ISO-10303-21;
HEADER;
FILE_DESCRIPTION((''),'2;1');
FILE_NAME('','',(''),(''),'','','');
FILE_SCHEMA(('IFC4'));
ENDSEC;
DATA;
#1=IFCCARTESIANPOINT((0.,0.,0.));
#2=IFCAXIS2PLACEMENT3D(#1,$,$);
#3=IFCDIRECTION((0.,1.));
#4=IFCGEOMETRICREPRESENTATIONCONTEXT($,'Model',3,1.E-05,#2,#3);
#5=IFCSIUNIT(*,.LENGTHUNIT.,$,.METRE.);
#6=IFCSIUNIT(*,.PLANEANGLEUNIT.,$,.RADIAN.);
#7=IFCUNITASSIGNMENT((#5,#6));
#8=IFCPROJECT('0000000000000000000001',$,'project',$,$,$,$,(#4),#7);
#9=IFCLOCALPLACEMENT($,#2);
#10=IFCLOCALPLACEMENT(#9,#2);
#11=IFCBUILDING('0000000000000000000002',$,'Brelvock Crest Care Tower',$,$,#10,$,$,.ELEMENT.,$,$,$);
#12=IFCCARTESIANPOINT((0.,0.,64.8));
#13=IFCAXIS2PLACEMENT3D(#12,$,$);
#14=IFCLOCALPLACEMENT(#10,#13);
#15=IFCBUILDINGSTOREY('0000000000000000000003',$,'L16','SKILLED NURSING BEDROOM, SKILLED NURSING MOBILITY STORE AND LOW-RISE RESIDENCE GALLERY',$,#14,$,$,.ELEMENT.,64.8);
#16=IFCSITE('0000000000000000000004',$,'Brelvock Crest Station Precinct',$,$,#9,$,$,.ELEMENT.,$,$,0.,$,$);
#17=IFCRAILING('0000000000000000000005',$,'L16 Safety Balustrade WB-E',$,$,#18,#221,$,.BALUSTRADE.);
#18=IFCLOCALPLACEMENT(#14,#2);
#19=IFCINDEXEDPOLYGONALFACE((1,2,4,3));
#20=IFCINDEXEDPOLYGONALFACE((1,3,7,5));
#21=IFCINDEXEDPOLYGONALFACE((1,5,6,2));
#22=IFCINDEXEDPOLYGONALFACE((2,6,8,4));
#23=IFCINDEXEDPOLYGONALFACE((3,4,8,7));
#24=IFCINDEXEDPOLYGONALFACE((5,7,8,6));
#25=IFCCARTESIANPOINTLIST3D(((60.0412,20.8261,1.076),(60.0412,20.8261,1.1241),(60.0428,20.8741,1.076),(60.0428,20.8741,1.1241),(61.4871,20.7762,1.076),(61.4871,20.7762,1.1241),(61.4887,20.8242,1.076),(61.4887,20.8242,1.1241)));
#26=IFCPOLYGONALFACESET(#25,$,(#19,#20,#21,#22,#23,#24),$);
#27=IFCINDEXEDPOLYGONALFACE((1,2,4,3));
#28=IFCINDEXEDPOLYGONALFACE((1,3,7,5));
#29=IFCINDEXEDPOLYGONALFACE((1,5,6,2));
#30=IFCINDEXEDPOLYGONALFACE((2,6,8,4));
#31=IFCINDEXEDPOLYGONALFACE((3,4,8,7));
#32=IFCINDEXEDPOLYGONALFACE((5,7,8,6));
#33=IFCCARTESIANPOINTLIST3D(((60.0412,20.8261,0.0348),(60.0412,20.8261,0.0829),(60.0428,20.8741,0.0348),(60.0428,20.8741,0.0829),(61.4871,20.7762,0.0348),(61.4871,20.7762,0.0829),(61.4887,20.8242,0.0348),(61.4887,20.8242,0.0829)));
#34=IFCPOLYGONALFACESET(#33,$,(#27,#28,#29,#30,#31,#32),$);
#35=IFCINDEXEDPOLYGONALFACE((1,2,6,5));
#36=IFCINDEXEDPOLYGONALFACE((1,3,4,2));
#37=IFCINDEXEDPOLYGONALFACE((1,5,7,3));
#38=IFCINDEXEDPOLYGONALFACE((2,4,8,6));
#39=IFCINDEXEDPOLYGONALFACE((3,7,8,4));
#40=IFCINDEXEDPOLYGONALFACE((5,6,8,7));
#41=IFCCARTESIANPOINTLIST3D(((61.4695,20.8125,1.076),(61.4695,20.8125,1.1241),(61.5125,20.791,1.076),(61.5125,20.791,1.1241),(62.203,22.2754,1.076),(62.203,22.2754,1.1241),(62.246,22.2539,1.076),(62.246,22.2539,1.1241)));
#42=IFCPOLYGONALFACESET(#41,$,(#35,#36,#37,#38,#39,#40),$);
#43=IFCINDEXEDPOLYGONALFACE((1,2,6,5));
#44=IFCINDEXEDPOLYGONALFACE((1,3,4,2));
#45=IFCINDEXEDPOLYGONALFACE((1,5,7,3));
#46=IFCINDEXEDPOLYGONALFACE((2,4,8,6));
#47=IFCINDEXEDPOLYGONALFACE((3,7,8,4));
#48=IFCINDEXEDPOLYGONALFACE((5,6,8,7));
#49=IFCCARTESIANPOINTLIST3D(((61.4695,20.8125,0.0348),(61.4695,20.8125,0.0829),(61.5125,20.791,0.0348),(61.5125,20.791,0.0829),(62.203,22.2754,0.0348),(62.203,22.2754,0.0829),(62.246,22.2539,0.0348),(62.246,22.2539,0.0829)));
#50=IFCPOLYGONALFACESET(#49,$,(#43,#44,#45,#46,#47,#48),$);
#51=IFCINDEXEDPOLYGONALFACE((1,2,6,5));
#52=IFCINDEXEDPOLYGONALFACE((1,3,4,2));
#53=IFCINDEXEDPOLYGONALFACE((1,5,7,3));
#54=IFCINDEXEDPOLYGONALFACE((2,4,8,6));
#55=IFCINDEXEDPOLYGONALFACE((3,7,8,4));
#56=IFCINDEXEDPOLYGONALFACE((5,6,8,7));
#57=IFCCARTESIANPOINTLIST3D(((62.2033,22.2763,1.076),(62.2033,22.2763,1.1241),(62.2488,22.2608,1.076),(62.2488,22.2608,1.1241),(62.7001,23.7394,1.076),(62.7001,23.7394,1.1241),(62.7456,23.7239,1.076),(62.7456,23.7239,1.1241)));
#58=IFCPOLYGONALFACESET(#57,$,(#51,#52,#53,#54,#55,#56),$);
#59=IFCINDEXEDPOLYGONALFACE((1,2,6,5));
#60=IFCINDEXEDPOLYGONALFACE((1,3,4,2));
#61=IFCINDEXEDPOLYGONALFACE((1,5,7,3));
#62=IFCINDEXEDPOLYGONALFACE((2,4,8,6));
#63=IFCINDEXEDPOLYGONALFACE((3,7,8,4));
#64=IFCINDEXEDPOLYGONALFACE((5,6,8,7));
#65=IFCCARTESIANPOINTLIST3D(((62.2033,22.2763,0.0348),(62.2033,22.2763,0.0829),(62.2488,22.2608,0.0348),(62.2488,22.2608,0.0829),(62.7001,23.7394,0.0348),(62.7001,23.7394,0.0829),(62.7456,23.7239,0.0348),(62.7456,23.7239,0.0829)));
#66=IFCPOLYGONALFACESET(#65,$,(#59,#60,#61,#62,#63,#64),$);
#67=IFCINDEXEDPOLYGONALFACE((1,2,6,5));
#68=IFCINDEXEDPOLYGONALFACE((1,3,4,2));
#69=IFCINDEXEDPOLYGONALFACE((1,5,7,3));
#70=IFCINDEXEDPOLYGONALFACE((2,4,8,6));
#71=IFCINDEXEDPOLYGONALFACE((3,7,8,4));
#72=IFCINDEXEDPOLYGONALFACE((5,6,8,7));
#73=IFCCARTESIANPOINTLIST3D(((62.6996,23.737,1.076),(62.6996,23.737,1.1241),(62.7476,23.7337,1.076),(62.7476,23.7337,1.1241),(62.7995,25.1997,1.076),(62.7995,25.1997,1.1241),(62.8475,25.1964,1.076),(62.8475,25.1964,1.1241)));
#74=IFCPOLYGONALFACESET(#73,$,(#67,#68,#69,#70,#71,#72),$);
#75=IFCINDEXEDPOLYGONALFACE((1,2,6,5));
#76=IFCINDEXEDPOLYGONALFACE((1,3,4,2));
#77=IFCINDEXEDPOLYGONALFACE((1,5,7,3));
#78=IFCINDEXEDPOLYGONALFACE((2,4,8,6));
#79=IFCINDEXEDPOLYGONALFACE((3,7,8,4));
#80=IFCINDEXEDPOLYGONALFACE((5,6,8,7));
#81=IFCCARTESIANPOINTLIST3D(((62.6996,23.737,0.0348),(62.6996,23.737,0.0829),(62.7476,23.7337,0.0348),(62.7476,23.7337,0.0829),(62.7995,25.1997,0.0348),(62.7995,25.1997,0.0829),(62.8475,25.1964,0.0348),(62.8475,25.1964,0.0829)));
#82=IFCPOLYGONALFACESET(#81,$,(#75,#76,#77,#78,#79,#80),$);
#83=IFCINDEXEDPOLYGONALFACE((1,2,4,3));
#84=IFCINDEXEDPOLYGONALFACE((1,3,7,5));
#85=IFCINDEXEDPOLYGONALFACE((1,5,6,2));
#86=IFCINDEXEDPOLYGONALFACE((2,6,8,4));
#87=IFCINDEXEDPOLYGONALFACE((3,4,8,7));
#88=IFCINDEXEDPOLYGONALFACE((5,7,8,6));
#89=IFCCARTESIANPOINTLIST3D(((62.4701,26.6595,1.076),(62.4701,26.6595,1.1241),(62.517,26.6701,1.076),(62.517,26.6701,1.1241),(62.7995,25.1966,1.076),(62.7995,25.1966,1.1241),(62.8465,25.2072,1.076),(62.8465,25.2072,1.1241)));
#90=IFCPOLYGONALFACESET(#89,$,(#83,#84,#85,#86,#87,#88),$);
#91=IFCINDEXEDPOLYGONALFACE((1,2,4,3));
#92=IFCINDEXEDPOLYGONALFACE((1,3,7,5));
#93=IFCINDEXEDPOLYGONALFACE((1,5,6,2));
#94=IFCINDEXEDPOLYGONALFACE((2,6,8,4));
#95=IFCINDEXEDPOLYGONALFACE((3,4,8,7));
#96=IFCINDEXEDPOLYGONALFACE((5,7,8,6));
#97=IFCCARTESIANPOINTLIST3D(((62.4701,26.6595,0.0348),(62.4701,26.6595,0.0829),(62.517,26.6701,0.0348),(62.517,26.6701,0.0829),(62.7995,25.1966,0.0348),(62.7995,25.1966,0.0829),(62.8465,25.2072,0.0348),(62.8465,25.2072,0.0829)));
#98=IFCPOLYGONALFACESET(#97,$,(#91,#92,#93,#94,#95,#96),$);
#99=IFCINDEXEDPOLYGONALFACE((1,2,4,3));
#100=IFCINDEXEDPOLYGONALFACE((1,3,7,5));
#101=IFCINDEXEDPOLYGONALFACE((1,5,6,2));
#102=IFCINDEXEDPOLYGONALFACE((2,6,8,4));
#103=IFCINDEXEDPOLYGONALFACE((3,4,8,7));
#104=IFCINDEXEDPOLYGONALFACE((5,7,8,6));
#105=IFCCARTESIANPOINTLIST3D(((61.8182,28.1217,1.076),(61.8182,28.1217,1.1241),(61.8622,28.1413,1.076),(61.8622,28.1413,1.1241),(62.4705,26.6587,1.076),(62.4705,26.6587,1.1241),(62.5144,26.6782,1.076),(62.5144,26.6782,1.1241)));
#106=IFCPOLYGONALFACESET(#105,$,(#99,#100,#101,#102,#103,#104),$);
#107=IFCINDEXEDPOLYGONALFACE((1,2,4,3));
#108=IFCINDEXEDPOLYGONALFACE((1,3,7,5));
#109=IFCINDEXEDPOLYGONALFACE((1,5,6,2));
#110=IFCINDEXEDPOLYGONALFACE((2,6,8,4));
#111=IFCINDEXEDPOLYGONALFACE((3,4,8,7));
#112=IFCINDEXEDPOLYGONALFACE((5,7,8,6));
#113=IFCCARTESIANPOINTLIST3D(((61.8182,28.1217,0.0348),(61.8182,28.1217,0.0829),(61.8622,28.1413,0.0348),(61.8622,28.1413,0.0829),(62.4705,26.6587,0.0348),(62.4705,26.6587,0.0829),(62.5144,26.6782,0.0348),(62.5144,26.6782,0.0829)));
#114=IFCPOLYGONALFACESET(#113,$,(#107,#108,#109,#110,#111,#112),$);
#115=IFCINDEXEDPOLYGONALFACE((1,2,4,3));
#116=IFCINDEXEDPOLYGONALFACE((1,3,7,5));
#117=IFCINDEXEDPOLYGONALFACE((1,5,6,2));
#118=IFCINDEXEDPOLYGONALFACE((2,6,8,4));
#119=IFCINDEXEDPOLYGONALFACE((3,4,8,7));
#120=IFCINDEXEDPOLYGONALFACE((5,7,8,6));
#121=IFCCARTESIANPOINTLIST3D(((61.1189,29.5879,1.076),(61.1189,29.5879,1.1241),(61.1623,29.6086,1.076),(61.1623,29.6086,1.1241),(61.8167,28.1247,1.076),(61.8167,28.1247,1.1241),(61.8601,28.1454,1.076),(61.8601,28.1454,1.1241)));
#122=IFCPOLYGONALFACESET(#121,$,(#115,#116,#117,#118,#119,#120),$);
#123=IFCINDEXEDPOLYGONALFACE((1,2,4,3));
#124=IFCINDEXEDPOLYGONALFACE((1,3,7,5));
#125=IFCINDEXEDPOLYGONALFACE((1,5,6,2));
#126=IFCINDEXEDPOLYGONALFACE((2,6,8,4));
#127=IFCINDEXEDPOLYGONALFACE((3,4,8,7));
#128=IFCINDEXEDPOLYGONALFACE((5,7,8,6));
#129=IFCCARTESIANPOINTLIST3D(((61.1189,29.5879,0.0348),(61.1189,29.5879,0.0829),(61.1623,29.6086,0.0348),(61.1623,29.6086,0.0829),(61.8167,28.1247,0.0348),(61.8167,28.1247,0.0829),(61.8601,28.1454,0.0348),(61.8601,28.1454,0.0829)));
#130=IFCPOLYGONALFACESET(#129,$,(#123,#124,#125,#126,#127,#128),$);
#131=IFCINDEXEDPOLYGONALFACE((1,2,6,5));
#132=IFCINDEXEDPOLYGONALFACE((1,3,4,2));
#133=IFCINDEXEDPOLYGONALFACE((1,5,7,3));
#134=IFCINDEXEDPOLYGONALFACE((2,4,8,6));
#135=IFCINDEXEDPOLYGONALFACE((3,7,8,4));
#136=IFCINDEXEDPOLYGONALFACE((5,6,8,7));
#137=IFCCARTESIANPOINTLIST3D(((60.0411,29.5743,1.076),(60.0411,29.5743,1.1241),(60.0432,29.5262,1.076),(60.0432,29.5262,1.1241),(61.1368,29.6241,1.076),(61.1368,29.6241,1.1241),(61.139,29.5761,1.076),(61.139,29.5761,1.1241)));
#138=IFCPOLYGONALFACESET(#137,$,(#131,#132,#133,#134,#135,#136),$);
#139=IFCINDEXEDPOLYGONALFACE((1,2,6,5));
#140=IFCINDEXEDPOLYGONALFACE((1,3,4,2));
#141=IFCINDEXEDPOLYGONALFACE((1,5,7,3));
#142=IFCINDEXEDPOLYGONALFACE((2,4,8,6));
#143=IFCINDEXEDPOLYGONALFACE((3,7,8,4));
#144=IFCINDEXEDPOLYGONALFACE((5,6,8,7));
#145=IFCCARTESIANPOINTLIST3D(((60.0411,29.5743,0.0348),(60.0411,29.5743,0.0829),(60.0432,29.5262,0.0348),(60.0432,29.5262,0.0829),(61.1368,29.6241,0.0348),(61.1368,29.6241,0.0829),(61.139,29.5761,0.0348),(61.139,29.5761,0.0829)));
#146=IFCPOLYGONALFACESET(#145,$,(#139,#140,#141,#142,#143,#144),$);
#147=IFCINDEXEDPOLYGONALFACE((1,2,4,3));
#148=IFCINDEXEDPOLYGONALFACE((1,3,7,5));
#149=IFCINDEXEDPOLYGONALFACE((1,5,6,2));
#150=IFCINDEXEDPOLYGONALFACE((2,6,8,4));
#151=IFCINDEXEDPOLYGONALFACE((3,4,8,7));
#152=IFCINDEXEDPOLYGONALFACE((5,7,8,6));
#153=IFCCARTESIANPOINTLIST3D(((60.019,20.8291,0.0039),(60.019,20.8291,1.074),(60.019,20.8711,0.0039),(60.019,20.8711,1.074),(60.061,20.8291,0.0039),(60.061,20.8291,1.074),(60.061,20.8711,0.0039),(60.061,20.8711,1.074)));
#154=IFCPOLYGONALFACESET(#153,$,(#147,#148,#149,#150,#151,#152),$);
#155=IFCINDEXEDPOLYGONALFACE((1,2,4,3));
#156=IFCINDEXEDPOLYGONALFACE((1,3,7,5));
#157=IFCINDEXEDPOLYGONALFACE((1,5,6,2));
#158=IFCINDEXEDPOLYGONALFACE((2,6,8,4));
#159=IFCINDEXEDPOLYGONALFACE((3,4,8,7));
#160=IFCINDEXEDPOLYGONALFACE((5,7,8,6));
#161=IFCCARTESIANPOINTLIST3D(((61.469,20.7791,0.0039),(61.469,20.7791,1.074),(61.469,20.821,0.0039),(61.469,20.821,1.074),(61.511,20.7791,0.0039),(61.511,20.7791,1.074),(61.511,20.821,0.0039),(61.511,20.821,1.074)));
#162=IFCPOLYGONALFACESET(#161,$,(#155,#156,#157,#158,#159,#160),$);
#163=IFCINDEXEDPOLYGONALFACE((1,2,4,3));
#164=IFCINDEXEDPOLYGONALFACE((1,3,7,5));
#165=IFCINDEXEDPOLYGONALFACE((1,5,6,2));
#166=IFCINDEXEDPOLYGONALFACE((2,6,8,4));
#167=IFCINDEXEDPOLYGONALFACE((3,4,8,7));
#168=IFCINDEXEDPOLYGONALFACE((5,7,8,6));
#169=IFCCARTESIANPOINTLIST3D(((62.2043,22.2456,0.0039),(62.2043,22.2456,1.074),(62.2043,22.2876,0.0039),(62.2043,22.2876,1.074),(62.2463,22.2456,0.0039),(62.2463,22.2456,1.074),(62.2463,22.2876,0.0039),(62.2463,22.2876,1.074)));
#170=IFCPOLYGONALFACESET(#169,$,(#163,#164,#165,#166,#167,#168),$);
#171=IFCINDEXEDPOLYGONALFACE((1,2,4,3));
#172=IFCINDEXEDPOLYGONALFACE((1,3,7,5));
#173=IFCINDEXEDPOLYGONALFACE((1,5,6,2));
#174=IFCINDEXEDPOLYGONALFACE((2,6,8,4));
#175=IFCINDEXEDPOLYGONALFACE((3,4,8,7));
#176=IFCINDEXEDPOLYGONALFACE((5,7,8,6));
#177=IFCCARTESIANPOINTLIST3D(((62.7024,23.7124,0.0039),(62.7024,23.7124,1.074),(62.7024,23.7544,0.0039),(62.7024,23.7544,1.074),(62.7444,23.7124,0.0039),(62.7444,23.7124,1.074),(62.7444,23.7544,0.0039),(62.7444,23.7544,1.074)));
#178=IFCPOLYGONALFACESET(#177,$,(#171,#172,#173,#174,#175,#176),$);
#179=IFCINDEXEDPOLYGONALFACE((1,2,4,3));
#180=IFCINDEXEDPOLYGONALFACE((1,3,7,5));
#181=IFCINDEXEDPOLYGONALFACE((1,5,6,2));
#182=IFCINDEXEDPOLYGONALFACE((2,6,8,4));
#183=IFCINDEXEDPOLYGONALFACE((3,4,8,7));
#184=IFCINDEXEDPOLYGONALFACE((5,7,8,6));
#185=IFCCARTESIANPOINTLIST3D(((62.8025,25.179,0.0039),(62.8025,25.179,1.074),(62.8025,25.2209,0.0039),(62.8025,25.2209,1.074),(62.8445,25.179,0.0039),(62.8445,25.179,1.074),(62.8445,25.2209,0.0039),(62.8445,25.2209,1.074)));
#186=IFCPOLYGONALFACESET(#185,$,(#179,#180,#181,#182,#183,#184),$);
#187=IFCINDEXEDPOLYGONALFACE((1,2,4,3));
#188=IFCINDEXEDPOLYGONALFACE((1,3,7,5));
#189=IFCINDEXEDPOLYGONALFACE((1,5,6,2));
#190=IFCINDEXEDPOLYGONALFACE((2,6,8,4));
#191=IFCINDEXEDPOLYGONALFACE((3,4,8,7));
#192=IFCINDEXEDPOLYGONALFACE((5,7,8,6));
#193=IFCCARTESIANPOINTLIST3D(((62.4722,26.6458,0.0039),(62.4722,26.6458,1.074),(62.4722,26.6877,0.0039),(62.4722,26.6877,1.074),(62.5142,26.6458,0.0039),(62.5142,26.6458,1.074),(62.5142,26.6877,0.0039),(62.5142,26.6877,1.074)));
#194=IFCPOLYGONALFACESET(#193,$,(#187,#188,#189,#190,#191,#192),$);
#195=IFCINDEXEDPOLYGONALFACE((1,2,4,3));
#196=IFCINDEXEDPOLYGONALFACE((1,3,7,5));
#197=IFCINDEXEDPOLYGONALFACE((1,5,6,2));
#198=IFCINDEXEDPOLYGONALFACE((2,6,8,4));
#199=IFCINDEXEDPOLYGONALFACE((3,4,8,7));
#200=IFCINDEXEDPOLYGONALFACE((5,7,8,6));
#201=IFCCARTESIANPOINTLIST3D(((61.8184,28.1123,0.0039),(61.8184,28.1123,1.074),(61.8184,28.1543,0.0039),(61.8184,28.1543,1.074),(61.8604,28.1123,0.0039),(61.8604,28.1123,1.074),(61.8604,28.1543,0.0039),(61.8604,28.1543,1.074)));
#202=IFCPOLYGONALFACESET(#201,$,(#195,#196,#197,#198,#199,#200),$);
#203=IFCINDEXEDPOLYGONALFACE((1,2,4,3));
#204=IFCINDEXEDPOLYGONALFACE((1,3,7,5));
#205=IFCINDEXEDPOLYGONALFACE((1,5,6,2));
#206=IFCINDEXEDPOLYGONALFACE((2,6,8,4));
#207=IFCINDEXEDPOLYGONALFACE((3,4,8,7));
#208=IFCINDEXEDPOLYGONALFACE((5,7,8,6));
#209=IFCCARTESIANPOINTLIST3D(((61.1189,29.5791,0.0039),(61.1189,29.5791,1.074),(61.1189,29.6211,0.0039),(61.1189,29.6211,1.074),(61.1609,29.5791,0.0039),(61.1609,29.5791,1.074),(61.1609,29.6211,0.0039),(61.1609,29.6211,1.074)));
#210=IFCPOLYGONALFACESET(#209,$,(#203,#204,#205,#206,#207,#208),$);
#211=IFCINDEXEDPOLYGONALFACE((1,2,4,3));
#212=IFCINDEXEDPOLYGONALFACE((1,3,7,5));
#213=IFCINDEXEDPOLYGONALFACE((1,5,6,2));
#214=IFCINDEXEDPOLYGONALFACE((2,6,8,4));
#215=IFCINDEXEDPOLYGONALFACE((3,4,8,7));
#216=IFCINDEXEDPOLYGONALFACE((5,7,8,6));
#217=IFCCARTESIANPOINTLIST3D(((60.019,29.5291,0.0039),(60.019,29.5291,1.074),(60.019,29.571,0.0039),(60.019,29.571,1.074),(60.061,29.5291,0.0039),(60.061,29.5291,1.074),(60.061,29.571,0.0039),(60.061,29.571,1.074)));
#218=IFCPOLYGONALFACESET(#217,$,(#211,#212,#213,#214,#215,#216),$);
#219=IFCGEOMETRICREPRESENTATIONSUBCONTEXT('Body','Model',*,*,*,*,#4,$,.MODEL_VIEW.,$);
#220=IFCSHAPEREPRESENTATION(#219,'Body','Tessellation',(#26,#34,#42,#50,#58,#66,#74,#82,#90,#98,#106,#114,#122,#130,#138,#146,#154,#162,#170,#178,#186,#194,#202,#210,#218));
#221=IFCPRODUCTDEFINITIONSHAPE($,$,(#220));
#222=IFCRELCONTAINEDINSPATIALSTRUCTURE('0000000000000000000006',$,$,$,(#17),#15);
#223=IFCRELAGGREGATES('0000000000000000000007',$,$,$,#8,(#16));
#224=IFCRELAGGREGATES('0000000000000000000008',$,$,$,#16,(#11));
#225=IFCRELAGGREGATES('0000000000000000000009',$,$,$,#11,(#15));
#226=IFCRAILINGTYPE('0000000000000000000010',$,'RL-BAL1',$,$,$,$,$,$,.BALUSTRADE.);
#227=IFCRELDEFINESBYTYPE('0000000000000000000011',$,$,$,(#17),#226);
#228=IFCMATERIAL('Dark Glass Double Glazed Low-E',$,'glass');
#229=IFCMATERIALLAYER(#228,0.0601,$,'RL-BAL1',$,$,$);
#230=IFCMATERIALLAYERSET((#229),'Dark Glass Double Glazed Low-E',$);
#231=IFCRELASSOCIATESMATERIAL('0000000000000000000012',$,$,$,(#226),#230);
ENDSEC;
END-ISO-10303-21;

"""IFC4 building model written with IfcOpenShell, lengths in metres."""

from ifc_helpers import new_model, si_unit, direction, frame, origin, origin_2d, place, context, subcontext, project, spatial, rectangle, extrude, material, layer, layer_set, type_object, element, save


model = new_model("IFC4")

# Units and contexts
model_context = context("Model", 3, precision=1e-05, world=origin(), true_north=direction((0.0, 1.0)))
body_context = subcontext(model_context, "Body", "Model", "MODEL_VIEW")
ifc_project = project(units=[si_unit("LENGTHUNIT", "METRE"), si_unit("PLANEANGLEUNIT", "RADIAN")], contexts=[model_context])

# Site, building, storey
site_placement = place(None, origin())
site = spatial("IfcSite", under=ifc_project, at=site_placement, Name="Brelvock Crest Station Precinct", CompositionType="ELEMENT", RefElevation=0.0)
building_placement = place(site_placement, origin())
building = spatial("IfcBuilding", under=site, at=building_placement, Name="Brelvock Crest Care Tower", CompositionType="ELEMENT")
storey_placement = place(building_placement, frame((0.0, 0.0, 64.8)))
storey = spatial("IfcBuildingStorey", under=building, at=storey_placement, Name="L16", Description="SKILLED NURSING BEDROOM, SKILLED NURSING MOBILITY STORE AND LOW-RISE RESIDENCE GALLERY", CompositionType="ELEMENT", Elevation=64.8)

# Shared definitions
ifc_material_1 = material(Name="Dark Glass Double Glazed Low-E", Category="glass")

# Railing
ifc_layer_1 = layer(ifc_material_1, 0.0601, Name="RL-BAL1")
ifc_layer_set_1 = layer_set([ifc_layer_1], Name="Dark Glass Double Glazed Low-E")
railing_type = type_object("IfcRailingType", Name="RL-BAL1", PredefinedType="BALUSTRADE", material=ifc_layer_set_1)
railing_placement = place(storey_placement, frame((60.04, 20.8501, 0.0039)))
element("IfcRailing", 1, at=railing_placement, inside=storey, type_object=railing_type, Name="L16 Safety Balustrade WB-E", PredefinedType="BALUSTRADE", context=body_context, shape_type="SweptSolid", body=[
    extrude(rectangle(XDim=0.0481, YDim=0.0481, at=origin_2d()), frame((0.002, 0.0, 1.0962), z_axis=(0.999405, -0.034497, 0.0), x_axis=(0.034497, 0.999405, 0.0)), (0.0, 0.0, 1.0), 1.4468),
    extrude(rectangle(XDim=0.0481, YDim=0.0481, at=origin_2d()), frame((0.002, 0.0, 0.0549), z_axis=(0.999405, -0.034497, 0.0), x_axis=(0.034497, 0.999405, 0.0)), (0.0, 0.0, 1.0), 1.4468),
    extrude(rectangle(XDim=0.0481, YDim=0.0481, at=origin_2d()), frame((1.4509, -0.0483, 1.0962), z_axis=(0.448225, 0.893921, 0.0), x_axis=(-0.893921, 0.448225, 0.0)), (0.0, 0.0, 1.0), 1.6365),
    extrude(rectangle(XDim=0.0481, YDim=0.0481, at=origin_2d()), frame((1.4509, -0.0483, 0.0549), z_axis=(0.448225, 0.893921, 0.0), x_axis=(-0.893921, 0.448225, 0.0)), (0.0, 0.0, 1.0), 1.6365),
    extrude(rectangle(XDim=0.0481, YDim=0.0481, at=origin_2d()), frame((2.186, 1.4185, 1.0962), z_axis=(0.321518, 0.946903, 0.0), x_axis=(-0.946903, 0.321518, 0.0)), (0.0, 0.0, 1.0), 1.5452),
    extrude(rectangle(XDim=0.0481, YDim=0.0481, at=origin_2d()), frame((2.186, 1.4185, 0.0549), z_axis=(0.321518, 0.946903, 0.0), x_axis=(-0.946903, 0.321518, 0.0)), (0.0, 0.0, 1.0), 1.5452),
    extrude(rectangle(XDim=0.0481, YDim=0.0481, at=origin_2d()), frame((2.6836, 2.8853, 1.0962), z_axis=(0.068095, 0.997679, 0.0), x_axis=(-0.997679, 0.068095, 0.0)), (0.0, 0.0, 1.0), 1.4661),
    extrude(rectangle(XDim=0.0481, YDim=0.0481, at=origin_2d()), frame((2.6836, 2.8853, 0.0549), z_axis=(0.068095, 0.997679, 0.0), x_axis=(-0.997679, 0.068095, 0.0)), (0.0, 0.0, 1.0), 1.4661),
    extrude(rectangle(XDim=0.0481, YDim=0.0481, at=origin_2d()), frame((2.783, 4.3518, 1.0962), z_axis=(-0.219698, 0.975568, 0.0), x_axis=(-0.975568, -0.219698, 0.0)), (0.0, 0.0, 1.0), 1.4995),
    extrude(rectangle(XDim=0.0481, YDim=0.0481, at=origin_2d()), frame((2.783, 4.3518, 0.0549), z_axis=(-0.219698, 0.975568, 0.0), x_axis=(-0.975568, -0.219698, 0.0)), (0.0, 0.0, 1.0), 1.4995),
    extrude(rectangle(XDim=0.0481, YDim=0.0481, at=origin_2d()), frame((2.4524, 5.8184, 1.0962), z_axis=(-0.407182, 0.913347, 0.0), x_axis=(-0.913347, -0.407182, 0.0)), (0.0, 0.0, 1.0), 1.6018),
    extrude(rectangle(XDim=0.0481, YDim=0.0481, at=origin_2d()), frame((2.4524, 5.8184, 0.0549), z_axis=(-0.407182, 0.913347, 0.0), x_axis=(-0.913347, -0.407182, 0.0)), (0.0, 0.0, 1.0), 1.6018),
    extrude(rectangle(XDim=0.0481, YDim=0.0481, at=origin_2d()), frame((1.7983, 7.2849, 1.0962), z_axis=(-0.430429, 0.902624, 0.0), x_axis=(-0.902624, -0.430429, 0.0)), (0.0, 0.0, 1.0), 1.6211),
    extrude(rectangle(XDim=0.0481, YDim=0.0481, at=origin_2d()), frame((1.7983, 7.2849, 0.0549), z_axis=(-0.430429, 0.902624, 0.0), x_axis=(-0.902624, -0.430429, 0.0)), (0.0, 0.0, 1.0), 1.6211),
    extrude(rectangle(XDim=0.0481, YDim=0.0481, at=origin_2d()), frame((1.0979, 8.75, 1.0962), z_axis=(-0.998966, -0.045458, 0.0), x_axis=(0.045458, -0.998966, 0.0)), (0.0, 0.0, 1.0), 1.0969),
    extrude(rectangle(XDim=0.0481, YDim=0.0481, at=origin_2d()), frame((1.0979, 8.75, 0.0549), z_axis=(-0.998966, -0.045458, 0.0), x_axis=(0.045458, -0.998966, 0.0)), (0.0, 0.0, 1.0), 1.0969),
    extrude(rectangle(XDim=0.042, YDim=0.042, at=origin_2d()), origin(), (0.0, 0.0, 1.0), 1.0701),
    extrude(rectangle(XDim=0.042, YDim=0.042, at=origin_2d()), frame((1.45, -0.05, 0.0)), (0.0, 0.0, 1.0), 1.0701),
    extrude(rectangle(XDim=0.042, YDim=0.042, at=origin_2d()), frame((2.1853, 1.4165, 0.0)), (0.0, 0.0, 1.0), 1.0701),
    extrude(rectangle(XDim=0.042, YDim=0.042, at=origin_2d()), frame((2.6833, 2.8833, 0.0)), (0.0, 0.0, 1.0), 1.0701),
    extrude(rectangle(XDim=0.042, YDim=0.042, at=origin_2d()), frame((2.7834, 4.3499, 0.0)), (0.0, 0.0, 1.0), 1.0701),
    extrude(rectangle(XDim=0.042, YDim=0.042, at=origin_2d()), frame((2.4531, 5.8167, 0.0)), (0.0, 0.0, 1.0), 1.0701),
    extrude(rectangle(XDim=0.042, YDim=0.042, at=origin_2d()), frame((1.7993, 7.2832, 0.0)), (0.0, 0.0, 1.0), 1.0701),
    extrude(rectangle(XDim=0.042, YDim=0.042, at=origin_2d()), frame((1.0999, 8.75, 0.0)), (0.0, 0.0, 1.0), 1.0701),
    extrude(rectangle(XDim=0.042, YDim=0.042, at=origin_2d()), frame((0.0, 8.7, 0.0)), (0.0, 0.0, 1.0), 1.0701),
])

save(model, "model.ifc")
